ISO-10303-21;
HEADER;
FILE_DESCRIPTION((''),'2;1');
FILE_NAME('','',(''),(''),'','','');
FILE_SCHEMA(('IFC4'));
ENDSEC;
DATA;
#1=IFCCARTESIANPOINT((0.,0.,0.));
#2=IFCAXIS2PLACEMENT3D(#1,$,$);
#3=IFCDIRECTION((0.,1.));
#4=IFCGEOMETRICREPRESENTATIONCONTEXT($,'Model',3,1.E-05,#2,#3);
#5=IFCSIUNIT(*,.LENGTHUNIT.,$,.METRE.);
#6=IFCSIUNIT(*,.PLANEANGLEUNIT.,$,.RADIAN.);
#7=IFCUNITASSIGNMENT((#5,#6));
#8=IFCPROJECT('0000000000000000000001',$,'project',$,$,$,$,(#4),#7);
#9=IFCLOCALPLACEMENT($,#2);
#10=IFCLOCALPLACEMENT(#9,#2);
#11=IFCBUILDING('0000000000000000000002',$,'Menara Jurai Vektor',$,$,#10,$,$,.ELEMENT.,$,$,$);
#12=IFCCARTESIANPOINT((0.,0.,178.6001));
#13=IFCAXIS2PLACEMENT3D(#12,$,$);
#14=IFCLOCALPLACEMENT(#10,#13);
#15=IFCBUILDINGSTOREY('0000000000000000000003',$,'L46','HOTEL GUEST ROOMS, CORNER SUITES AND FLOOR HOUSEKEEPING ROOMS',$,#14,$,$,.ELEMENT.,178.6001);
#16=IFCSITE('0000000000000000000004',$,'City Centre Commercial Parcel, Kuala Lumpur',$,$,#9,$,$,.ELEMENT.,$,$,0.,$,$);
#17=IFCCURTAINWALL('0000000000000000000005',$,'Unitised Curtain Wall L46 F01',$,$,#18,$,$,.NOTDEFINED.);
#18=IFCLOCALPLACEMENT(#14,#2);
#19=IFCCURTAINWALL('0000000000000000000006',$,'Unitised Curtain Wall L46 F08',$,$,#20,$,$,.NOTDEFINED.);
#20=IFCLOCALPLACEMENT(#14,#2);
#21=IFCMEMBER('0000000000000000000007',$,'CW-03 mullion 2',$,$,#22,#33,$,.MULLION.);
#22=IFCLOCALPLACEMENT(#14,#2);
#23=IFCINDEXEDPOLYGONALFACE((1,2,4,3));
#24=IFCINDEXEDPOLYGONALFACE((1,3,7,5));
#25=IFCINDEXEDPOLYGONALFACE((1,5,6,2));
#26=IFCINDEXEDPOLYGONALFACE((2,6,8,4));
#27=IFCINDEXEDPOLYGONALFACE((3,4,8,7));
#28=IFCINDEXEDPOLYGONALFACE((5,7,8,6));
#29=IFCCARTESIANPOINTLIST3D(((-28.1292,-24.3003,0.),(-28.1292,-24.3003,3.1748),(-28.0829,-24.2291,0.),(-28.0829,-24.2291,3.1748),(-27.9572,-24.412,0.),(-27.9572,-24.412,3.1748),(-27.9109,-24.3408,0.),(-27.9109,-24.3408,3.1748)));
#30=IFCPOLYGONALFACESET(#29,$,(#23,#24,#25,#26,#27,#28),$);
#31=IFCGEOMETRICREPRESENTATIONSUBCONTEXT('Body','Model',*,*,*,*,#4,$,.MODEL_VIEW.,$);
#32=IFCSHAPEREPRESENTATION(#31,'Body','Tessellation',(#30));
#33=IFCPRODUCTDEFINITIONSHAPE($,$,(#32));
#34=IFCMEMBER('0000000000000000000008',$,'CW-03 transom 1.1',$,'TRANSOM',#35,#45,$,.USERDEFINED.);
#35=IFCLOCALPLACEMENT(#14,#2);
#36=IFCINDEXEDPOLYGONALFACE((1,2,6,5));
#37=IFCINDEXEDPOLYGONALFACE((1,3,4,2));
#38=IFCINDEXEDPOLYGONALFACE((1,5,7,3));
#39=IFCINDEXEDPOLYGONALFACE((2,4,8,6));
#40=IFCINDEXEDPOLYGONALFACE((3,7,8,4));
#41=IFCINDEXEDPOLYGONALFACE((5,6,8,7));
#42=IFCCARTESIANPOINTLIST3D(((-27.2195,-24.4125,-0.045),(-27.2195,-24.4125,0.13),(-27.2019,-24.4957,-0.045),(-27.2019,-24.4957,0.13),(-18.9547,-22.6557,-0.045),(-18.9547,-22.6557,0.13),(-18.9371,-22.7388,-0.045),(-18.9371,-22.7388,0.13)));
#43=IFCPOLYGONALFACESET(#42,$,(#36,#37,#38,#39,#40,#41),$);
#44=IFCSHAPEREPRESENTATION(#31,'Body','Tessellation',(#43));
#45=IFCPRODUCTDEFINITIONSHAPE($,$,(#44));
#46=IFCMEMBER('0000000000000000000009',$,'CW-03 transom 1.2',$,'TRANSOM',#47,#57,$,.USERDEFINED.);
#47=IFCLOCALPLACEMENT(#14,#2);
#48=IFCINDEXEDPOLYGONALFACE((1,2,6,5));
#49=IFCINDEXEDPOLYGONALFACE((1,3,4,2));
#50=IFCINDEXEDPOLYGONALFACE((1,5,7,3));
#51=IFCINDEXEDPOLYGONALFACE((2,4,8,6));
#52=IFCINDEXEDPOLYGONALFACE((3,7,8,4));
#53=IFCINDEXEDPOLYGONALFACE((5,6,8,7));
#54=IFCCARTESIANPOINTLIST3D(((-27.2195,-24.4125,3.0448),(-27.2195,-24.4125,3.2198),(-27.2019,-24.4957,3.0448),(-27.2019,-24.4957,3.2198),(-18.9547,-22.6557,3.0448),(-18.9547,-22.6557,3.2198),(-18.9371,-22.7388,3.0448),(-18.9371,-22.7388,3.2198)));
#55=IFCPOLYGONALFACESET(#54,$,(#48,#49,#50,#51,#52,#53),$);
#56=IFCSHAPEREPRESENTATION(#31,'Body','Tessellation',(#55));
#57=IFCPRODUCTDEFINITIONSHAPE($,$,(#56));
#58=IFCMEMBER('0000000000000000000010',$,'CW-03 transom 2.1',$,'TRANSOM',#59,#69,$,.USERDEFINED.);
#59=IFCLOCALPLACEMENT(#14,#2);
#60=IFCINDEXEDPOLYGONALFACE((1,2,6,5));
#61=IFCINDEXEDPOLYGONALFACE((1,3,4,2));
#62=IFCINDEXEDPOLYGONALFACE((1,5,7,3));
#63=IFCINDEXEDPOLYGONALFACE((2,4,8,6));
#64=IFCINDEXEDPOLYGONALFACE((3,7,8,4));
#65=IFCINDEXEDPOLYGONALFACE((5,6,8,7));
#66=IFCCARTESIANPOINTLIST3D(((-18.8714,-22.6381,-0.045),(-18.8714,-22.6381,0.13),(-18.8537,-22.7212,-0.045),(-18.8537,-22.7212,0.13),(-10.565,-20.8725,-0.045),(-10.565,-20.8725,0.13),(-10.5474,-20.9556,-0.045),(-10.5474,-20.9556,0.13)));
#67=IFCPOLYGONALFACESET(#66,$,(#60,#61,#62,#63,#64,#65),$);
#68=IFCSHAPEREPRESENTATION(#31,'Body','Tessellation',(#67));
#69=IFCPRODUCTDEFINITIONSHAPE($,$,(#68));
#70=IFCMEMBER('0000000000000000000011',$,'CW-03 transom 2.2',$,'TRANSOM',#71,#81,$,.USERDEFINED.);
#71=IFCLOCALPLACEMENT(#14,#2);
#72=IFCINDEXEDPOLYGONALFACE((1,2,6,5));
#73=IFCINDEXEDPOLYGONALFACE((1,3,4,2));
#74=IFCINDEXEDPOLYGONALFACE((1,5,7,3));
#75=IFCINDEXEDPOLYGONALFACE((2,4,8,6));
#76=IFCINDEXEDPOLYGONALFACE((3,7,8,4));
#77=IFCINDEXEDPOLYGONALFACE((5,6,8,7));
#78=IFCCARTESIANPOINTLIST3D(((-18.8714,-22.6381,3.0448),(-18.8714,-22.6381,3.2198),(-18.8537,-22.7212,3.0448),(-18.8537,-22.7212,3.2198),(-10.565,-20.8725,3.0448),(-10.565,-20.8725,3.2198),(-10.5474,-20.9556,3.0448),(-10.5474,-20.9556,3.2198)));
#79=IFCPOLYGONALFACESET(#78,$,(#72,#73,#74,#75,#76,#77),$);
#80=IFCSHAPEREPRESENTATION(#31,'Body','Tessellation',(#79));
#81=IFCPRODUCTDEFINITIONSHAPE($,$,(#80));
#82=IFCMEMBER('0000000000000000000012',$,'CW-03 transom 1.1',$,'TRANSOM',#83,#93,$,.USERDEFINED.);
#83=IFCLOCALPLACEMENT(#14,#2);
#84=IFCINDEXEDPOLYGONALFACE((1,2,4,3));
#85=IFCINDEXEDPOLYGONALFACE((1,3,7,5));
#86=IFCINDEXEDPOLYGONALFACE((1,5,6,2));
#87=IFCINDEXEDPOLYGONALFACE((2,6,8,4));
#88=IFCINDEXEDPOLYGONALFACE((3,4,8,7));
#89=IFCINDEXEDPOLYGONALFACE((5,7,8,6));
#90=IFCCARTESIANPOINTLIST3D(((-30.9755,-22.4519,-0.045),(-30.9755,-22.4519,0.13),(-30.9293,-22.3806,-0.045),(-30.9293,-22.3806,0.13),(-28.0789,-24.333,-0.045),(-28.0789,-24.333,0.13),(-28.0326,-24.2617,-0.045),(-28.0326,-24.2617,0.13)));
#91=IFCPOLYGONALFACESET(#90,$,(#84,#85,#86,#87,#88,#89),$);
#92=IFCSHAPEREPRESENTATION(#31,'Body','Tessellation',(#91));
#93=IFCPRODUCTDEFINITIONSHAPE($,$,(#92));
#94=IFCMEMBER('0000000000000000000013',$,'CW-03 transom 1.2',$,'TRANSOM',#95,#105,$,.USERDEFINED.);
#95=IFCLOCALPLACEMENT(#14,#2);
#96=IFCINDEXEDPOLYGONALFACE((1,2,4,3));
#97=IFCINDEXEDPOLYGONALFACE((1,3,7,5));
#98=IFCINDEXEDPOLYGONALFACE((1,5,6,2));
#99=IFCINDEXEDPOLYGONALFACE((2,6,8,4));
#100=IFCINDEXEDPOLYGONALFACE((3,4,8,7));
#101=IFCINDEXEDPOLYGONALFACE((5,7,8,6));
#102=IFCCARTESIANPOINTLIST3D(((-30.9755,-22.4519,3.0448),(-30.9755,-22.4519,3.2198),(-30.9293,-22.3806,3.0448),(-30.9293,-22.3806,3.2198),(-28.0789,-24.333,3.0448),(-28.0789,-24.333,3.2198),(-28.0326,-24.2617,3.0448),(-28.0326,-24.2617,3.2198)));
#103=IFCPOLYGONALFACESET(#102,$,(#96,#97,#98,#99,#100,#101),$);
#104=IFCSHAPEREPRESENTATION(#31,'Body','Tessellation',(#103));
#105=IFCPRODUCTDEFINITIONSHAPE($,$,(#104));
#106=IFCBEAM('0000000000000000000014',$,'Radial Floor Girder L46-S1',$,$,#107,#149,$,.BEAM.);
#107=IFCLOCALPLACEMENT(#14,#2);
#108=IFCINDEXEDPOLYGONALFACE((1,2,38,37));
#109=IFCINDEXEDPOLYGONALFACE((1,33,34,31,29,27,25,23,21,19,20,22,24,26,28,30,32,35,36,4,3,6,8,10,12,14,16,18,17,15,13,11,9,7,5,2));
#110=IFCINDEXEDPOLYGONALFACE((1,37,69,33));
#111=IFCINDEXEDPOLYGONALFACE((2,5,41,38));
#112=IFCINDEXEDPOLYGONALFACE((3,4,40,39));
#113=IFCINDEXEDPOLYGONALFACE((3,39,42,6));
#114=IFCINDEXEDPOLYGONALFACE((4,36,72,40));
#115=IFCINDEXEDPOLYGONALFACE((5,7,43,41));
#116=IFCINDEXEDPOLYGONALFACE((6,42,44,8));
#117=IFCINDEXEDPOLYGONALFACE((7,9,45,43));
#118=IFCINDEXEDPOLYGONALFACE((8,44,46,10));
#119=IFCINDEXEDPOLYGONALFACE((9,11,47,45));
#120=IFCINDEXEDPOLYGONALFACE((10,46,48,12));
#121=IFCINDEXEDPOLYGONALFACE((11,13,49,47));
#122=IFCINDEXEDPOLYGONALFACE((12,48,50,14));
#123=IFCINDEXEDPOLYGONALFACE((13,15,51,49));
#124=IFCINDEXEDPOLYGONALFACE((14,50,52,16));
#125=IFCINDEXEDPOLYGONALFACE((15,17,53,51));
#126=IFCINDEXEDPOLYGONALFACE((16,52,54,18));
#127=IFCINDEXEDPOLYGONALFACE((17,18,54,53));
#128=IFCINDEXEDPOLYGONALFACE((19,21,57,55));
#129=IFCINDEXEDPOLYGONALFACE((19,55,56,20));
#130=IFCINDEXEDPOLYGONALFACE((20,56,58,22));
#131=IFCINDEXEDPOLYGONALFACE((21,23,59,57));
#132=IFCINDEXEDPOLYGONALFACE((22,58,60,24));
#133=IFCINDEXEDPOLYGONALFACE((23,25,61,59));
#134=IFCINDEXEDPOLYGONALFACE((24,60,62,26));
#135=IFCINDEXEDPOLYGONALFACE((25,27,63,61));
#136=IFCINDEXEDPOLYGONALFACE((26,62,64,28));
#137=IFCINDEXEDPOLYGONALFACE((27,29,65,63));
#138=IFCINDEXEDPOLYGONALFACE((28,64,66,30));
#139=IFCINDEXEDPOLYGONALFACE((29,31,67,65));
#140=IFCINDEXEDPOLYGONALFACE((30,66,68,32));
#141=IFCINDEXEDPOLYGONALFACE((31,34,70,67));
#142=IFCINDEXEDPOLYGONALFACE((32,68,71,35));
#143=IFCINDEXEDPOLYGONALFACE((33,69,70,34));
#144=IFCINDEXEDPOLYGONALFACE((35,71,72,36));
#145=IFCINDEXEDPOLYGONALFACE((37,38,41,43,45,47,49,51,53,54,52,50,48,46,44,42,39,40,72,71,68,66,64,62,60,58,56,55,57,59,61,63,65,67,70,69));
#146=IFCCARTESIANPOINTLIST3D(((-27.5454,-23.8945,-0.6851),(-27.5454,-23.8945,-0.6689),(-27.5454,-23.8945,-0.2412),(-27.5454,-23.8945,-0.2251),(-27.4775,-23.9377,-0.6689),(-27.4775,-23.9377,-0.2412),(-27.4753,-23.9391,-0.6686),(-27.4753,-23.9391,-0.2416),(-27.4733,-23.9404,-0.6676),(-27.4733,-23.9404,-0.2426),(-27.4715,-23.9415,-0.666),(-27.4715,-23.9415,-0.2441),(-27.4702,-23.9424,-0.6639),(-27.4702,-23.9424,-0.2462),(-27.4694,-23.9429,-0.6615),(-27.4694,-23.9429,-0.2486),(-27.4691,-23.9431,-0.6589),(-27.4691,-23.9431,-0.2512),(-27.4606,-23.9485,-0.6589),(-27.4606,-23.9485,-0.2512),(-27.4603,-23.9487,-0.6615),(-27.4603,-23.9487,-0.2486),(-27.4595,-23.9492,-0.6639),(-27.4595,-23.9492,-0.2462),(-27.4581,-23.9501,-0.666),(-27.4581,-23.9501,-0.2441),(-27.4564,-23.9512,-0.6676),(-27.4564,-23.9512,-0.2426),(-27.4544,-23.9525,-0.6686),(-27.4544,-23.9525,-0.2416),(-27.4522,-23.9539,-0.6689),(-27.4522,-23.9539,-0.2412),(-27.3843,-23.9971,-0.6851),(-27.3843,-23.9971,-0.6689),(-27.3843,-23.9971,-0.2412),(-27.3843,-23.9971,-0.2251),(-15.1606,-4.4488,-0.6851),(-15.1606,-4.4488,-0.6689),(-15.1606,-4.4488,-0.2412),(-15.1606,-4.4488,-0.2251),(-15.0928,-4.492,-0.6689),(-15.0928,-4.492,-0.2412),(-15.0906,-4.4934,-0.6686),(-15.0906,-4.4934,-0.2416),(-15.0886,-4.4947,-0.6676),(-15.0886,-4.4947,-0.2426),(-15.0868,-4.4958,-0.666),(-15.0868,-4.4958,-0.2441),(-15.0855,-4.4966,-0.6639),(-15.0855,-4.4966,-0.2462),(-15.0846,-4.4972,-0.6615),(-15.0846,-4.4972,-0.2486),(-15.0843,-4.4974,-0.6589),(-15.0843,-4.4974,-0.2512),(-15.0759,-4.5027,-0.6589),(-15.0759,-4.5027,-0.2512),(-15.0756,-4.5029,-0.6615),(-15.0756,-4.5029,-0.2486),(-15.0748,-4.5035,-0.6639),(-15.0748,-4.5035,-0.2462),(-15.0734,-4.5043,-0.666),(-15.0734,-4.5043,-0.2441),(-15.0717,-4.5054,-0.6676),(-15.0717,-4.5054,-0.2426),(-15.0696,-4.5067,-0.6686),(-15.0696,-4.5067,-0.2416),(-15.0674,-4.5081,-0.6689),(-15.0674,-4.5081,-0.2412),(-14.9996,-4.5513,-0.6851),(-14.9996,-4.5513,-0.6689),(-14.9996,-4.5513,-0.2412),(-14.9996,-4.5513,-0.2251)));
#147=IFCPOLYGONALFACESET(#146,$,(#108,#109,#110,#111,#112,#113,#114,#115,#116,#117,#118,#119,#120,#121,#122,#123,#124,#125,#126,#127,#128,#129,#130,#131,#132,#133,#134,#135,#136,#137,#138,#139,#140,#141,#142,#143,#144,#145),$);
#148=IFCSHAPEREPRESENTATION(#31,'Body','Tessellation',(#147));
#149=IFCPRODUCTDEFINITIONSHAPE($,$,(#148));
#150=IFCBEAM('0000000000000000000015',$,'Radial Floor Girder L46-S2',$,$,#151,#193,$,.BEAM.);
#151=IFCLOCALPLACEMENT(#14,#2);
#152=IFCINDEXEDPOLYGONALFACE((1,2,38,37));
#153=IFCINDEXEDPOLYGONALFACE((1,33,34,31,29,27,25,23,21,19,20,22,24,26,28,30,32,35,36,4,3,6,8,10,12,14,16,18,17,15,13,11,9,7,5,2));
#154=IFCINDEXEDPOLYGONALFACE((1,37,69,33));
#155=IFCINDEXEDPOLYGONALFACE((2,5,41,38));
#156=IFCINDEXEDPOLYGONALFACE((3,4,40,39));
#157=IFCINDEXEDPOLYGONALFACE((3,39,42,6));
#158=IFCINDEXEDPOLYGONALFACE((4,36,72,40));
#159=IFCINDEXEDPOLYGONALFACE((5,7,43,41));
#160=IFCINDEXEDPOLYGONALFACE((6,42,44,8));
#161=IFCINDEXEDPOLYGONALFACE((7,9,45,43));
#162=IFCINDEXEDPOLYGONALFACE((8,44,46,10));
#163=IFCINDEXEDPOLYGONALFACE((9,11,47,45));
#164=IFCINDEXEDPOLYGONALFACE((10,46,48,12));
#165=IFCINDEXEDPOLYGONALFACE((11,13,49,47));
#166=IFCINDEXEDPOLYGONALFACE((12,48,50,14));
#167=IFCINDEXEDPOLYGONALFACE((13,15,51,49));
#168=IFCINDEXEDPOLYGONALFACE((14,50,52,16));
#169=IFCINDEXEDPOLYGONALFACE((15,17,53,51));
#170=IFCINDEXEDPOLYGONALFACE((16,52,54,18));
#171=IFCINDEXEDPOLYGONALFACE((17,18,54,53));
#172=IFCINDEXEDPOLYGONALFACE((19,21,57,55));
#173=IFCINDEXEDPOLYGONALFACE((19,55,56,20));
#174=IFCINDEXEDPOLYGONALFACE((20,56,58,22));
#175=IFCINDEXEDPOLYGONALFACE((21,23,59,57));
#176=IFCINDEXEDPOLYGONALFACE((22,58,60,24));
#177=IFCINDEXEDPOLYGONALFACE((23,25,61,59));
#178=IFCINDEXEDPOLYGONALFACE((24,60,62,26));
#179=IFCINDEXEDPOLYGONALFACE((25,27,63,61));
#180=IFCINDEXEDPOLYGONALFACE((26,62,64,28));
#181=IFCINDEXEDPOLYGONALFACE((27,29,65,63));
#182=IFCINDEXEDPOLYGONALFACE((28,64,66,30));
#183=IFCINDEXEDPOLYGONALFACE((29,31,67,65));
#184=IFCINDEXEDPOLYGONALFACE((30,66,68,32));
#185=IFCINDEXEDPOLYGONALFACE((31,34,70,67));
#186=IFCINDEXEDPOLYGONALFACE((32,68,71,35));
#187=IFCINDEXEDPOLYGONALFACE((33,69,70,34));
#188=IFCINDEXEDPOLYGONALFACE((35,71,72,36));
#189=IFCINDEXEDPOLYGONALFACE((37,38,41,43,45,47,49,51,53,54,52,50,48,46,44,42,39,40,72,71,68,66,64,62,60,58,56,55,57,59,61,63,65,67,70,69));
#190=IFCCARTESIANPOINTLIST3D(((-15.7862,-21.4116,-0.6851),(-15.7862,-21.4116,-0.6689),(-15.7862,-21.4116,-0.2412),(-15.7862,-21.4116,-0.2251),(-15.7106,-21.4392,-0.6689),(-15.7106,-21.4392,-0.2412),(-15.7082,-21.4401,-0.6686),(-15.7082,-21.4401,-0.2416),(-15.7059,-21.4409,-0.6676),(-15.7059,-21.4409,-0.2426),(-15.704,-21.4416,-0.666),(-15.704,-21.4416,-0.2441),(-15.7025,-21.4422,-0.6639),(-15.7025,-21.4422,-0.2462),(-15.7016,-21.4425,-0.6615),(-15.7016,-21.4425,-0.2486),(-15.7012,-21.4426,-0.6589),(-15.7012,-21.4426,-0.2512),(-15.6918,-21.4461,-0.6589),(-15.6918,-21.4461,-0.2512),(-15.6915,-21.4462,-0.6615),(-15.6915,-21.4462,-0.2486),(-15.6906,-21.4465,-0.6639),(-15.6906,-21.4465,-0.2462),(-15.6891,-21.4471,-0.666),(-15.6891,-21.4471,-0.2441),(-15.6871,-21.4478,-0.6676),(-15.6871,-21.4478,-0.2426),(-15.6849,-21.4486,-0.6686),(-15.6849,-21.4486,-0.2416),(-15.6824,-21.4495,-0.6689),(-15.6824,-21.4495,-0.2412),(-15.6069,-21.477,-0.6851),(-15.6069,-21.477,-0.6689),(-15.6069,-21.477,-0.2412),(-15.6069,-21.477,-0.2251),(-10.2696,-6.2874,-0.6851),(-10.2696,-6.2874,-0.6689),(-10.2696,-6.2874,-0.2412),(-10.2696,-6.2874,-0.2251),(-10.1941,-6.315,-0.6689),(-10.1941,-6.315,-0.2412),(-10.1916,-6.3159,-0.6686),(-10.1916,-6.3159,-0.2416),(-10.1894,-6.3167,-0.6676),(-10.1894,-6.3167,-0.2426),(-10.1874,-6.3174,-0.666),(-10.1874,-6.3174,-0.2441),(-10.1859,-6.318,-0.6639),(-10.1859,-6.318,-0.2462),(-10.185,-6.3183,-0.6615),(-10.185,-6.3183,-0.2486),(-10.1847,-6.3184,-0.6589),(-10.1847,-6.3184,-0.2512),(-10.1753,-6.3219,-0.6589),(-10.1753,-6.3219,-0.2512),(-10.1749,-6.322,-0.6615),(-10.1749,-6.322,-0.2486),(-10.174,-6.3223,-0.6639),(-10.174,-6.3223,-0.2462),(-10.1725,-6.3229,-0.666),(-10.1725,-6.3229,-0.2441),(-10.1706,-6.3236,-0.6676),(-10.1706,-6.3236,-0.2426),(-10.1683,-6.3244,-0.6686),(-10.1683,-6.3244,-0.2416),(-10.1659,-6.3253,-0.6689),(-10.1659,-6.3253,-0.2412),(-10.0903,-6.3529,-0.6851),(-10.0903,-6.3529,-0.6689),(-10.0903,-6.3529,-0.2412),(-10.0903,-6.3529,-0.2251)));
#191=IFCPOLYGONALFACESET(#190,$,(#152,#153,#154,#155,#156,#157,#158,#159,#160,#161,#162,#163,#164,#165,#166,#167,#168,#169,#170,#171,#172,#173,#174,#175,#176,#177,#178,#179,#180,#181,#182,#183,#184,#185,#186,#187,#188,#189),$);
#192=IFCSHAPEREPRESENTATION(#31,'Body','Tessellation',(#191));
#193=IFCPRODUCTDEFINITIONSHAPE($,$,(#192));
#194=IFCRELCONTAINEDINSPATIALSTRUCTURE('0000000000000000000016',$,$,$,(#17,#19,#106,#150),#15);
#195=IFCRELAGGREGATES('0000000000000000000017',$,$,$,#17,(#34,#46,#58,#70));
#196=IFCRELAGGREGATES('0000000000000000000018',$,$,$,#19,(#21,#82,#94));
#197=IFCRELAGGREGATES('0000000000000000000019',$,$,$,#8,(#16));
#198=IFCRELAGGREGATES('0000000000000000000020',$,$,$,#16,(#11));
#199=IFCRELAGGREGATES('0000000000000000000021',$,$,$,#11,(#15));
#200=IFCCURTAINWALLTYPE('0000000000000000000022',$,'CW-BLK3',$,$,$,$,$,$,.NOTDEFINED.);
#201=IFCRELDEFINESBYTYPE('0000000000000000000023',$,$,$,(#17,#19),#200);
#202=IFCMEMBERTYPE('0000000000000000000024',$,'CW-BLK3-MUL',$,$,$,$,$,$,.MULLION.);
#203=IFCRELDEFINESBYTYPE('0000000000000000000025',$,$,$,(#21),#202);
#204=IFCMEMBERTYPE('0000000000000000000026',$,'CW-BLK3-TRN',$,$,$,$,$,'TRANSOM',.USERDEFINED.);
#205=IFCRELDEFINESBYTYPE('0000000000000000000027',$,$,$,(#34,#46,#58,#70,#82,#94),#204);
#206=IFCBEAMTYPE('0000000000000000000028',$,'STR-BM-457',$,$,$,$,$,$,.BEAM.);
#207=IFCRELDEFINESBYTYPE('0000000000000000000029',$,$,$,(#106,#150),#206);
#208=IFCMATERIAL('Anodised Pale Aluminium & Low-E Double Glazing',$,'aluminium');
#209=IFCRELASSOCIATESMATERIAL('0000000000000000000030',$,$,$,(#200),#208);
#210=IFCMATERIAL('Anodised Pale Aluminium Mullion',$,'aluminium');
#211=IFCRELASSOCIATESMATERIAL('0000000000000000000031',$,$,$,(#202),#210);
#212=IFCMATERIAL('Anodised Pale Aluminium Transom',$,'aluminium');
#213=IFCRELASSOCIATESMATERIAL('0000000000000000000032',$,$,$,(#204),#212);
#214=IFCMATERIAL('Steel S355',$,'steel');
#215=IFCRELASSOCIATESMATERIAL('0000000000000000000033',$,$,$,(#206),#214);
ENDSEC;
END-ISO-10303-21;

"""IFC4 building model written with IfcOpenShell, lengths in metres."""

from ifc_helpers import new_model, si_unit, direction, frame, origin, origin_2d, place, context, subcontext, project, spatial, rectangle, i_section, extrude, material, material_profile, profile_set, type_object, element, aggregate, save


model = new_model("IFC4")

# Units and contexts
model_context = context("Model", 3, precision=1e-05, world=origin(), true_north=direction((0.0, 1.0)))
body_context = subcontext(model_context, "Body", "Model", "MODEL_VIEW")
ifc_project = project(units=[si_unit("LENGTHUNIT", "METRE"), si_unit("PLANEANGLEUNIT", "RADIAN")], contexts=[model_context])

# Site, building, storey
site_placement = place(None, origin())
site = spatial("IfcSite", under=ifc_project, at=site_placement, Name="City Centre Commercial Parcel, Kuala Lumpur", CompositionType="ELEMENT", RefElevation=0.0)
building_placement = place(site_placement, origin())
building = spatial("IfcBuilding", under=site, at=building_placement, Name="Menara Jurai Vektor", CompositionType="ELEMENT")
storey_placement = place(building_placement, frame((0.0, 0.0, 178.6001)))
storey = spatial("IfcBuildingStorey", under=building, at=storey_placement, Name="L46", Description="HOTEL GUEST ROOMS, CORNER SUITES AND FLOOR HOUSEKEEPING ROOMS", CompositionType="ELEMENT", Elevation=178.6001)

# Curtain wall
ifc_material_1 = material(Name="Anodised Pale Aluminium & Low-E Double Glazing", Category="aluminium")
curtain_wall_type = type_object("IfcCurtainWallType", Name="CW-BLK3", PredefinedType="NOTDEFINED", material=ifc_material_1)
curtain_wall_1_placement = place(storey_placement, origin())
curtain_wall_1 = element("IfcCurtainWall", 1, at=curtain_wall_1_placement, inside=storey, type_object=curtain_wall_type, Name="Unitised Curtain Wall L46 F01", PredefinedType="NOTDEFINED")
ifc_material_2 = material(Name="Anodised Pale Aluminium Mullion", Category="aluminium")
ifc_material_profile_1 = material_profile(ifc_material_2, rectangle(XDim=0.085, YDim=0.2051, at=origin_2d()), Name="ALU MUL 85x205")
ifc_profile_set_1 = profile_set([ifc_material_profile_1], Name="Anodised Pale Aluminium Mullion")
member_type_1 = type_object("IfcMemberType", Name="CW-BLK3-MUL", PredefinedType="MULLION", material=ifc_profile_set_1)

# Curtain wall, member
curtain_wall_2_placement = place(storey_placement, origin())
curtain_wall_2 = element("IfcCurtainWall", 2, at=curtain_wall_2_placement, inside=storey, type_object=curtain_wall_type, Name="Unitised Curtain Wall L46 F08", PredefinedType="NOTDEFINED")
member_1_placement = place(storey_placement, frame((-28.02, -24.3206, 0.0), z_axis=(0.0, 0.0, 1.0), x_axis=(0.544618, 0.838684, 0.0)))
member_1 = element("IfcMember", 3, at=member_1_placement, type_object=member_type_1, Name="CW-03 mullion 2", PredefinedType="MULLION", context=body_context, shape_type="SweptSolid", body=[
    extrude(rectangle(XDim=0.085, YDim=0.2051, at=origin_2d()), origin(), (0.0, 0.0, 1.0), 3.1748),
])

# Members
ifc_material_3 = material(Name="Anodised Pale Aluminium Transom", Category="aluminium")
ifc_material_profile_2 = material_profile(ifc_material_3, rectangle(XDim=0.085, YDim=0.175, at=origin_2d()), Name="ALU TRN 85x175")
ifc_profile_set_2 = profile_set([ifc_material_profile_2], Name="Anodised Pale Aluminium Transom")
member_type_2 = type_object("IfcMemberType", Name="CW-BLK3-TRN", ElementType="TRANSOM", PredefinedType="USERDEFINED", material=ifc_profile_set_2)
member_2_placement = place(storey_placement, frame((-27.2107, -24.4541, 0.0425), z_axis=(0.978146, 0.207921, 0.0), x_axis=(-0.207921, 0.978146, 0.0)))
member_2 = element("IfcMember", 4, at=member_2_placement, type_object=member_type_2, Name="CW-03 transom 1.1", ObjectType="TRANSOM", PredefinedType="USERDEFINED", context=body_context, shape_type="SweptSolid", body=[
    extrude(rectangle(XDim=0.085, YDim=0.175, at=origin_2d()), origin(), (0.0, 0.0, 1.0), 8.4495),
])
member_3_placement = place(storey_placement, frame((-27.2107, -24.4541, 3.1323), z_axis=(0.978146, 0.207921, 0.0), x_axis=(-0.207921, 0.978146, 0.0)))
member_3 = element("IfcMember", 5, at=member_3_placement, type_object=member_type_2, Name="CW-03 transom 1.2", ObjectType="TRANSOM", PredefinedType="USERDEFINED", context=body_context, shape_type="SweptSolid", body=[
    extrude(rectangle(XDim=0.085, YDim=0.175, at=origin_2d()), origin(), (0.0, 0.0, 1.0), 8.4495),
])
member_4_placement = place(storey_placement, frame((-18.8625, -22.6797, 0.0425), z_axis=(0.978147, 0.207917, 0.0), x_axis=(-0.207917, 0.978147, 0.0)))
member_4 = element("IfcMember", 6, at=member_4_placement, type_object=member_type_2, Name="CW-03 transom 2.1", ObjectType="TRANSOM", PredefinedType="USERDEFINED", context=body_context, shape_type="SweptSolid", body=[
    extrude(rectangle(XDim=0.085, YDim=0.175, at=origin_2d()), origin(), (0.0, 0.0, 1.0), 8.4919),
])
member_5_placement = place(storey_placement, frame((-18.8625, -22.6797, 3.1323), z_axis=(0.978147, 0.207917, 0.0), x_axis=(-0.207917, 0.978147, 0.0)))
member_5 = element("IfcMember", 7, at=member_5_placement, type_object=member_type_2, Name="CW-03 transom 2.2", ObjectType="TRANSOM", PredefinedType="USERDEFINED", context=body_context, shape_type="SweptSolid", body=[
    extrude(rectangle(XDim=0.085, YDim=0.175, at=origin_2d()), origin(), (0.0, 0.0, 1.0), 8.4919),
])
member_6_placement = place(storey_placement, frame((-30.9524, -22.4163, 0.0425), z_axis=(0.838678, -0.544628, 0.0), x_axis=(0.544628, 0.838678, 0.0)))
member_6 = element("IfcMember", 8, at=member_6_placement, type_object=member_type_2, Name="CW-03 transom 1.1", ObjectType="TRANSOM", PredefinedType="USERDEFINED", context=body_context, shape_type="SweptSolid", body=[
    extrude(rectangle(XDim=0.085, YDim=0.175, at=origin_2d()), origin(), (0.0, 0.0, 1.0), 3.4539),
])
member_7_placement = place(storey_placement, frame((-30.9524, -22.4163, 3.1323), z_axis=(0.838678, -0.544628, 0.0), x_axis=(0.544628, 0.838678, 0.0)))
member_7 = element("IfcMember", 9, at=member_7_placement, type_object=member_type_2, Name="CW-03 transom 1.2", ObjectType="TRANSOM", PredefinedType="USERDEFINED", context=body_context, shape_type="SweptSolid", body=[
    extrude(rectangle(XDim=0.085, YDim=0.175, at=origin_2d()), origin(), (0.0, 0.0, 1.0), 3.4539),
])

# Beams
ifc_material_4 = material(Name="Steel S355", Category="steel")
ifc_material_profile_3 = material_profile(ifc_material_4, i_section(OverallWidth=0.1909, OverallDepth=0.46, WebThickness=0.01, FlangeThickness=0.0161, FilletRadius=0.01, at=origin_2d()), Name="UKB 457x191x82")
ifc_profile_set_3 = profile_set([ifc_material_profile_3], Name="Steel S355")
beam_type_1 = type_object("IfcBeamType", Name="STR-BM-457", PredefinedType="BEAM", material=ifc_profile_set_3)
beam_1_placement = place(storey_placement, frame((-27.4648, -23.9458, -0.4551), z_axis=(0.537189, 0.843462, 0.0), x_axis=(-0.843462, 0.537189, 0.0)))
element("IfcBeam", 10, at=beam_1_placement, inside=storey, type_object=beam_type_1, Name="Radial Floor Girder L46-S1", PredefinedType="BEAM", context=body_context, shape_type="SweptSolid", body=[
    extrude(i_section(OverallWidth=0.1909, OverallDepth=0.46, WebThickness=0.01, FlangeThickness=0.0161, FilletRadius=0.01, at=origin_2d()), origin(), (0.0, 0.0, 1.0), 23.0547),
])
beam_2_placement = place(storey_placement, frame((-15.6965, -21.4443, -0.4551), z_axis=(0.342668, 0.939456, 0.0), x_axis=(-0.939456, 0.342668, 0.0)))
element("IfcBeam", 11, at=beam_2_placement, inside=storey, type_object=beam_type_1, Name="Radial Floor Girder L46-S2", PredefinedType="BEAM", context=body_context, shape_type="SweptSolid", body=[
    extrude(i_section(OverallWidth=0.1909, OverallDepth=0.46, WebThickness=0.01, FlangeThickness=0.0161, FilletRadius=0.01, at=origin_2d()), origin(), (0.0, 0.0, 1.0), 16.0989),
])

aggregate(curtain_wall_1, [member_2, member_3, member_4, member_5])
aggregate(curtain_wall_2, [member_1, member_6, member_7])

save(model, "model.ifc")
